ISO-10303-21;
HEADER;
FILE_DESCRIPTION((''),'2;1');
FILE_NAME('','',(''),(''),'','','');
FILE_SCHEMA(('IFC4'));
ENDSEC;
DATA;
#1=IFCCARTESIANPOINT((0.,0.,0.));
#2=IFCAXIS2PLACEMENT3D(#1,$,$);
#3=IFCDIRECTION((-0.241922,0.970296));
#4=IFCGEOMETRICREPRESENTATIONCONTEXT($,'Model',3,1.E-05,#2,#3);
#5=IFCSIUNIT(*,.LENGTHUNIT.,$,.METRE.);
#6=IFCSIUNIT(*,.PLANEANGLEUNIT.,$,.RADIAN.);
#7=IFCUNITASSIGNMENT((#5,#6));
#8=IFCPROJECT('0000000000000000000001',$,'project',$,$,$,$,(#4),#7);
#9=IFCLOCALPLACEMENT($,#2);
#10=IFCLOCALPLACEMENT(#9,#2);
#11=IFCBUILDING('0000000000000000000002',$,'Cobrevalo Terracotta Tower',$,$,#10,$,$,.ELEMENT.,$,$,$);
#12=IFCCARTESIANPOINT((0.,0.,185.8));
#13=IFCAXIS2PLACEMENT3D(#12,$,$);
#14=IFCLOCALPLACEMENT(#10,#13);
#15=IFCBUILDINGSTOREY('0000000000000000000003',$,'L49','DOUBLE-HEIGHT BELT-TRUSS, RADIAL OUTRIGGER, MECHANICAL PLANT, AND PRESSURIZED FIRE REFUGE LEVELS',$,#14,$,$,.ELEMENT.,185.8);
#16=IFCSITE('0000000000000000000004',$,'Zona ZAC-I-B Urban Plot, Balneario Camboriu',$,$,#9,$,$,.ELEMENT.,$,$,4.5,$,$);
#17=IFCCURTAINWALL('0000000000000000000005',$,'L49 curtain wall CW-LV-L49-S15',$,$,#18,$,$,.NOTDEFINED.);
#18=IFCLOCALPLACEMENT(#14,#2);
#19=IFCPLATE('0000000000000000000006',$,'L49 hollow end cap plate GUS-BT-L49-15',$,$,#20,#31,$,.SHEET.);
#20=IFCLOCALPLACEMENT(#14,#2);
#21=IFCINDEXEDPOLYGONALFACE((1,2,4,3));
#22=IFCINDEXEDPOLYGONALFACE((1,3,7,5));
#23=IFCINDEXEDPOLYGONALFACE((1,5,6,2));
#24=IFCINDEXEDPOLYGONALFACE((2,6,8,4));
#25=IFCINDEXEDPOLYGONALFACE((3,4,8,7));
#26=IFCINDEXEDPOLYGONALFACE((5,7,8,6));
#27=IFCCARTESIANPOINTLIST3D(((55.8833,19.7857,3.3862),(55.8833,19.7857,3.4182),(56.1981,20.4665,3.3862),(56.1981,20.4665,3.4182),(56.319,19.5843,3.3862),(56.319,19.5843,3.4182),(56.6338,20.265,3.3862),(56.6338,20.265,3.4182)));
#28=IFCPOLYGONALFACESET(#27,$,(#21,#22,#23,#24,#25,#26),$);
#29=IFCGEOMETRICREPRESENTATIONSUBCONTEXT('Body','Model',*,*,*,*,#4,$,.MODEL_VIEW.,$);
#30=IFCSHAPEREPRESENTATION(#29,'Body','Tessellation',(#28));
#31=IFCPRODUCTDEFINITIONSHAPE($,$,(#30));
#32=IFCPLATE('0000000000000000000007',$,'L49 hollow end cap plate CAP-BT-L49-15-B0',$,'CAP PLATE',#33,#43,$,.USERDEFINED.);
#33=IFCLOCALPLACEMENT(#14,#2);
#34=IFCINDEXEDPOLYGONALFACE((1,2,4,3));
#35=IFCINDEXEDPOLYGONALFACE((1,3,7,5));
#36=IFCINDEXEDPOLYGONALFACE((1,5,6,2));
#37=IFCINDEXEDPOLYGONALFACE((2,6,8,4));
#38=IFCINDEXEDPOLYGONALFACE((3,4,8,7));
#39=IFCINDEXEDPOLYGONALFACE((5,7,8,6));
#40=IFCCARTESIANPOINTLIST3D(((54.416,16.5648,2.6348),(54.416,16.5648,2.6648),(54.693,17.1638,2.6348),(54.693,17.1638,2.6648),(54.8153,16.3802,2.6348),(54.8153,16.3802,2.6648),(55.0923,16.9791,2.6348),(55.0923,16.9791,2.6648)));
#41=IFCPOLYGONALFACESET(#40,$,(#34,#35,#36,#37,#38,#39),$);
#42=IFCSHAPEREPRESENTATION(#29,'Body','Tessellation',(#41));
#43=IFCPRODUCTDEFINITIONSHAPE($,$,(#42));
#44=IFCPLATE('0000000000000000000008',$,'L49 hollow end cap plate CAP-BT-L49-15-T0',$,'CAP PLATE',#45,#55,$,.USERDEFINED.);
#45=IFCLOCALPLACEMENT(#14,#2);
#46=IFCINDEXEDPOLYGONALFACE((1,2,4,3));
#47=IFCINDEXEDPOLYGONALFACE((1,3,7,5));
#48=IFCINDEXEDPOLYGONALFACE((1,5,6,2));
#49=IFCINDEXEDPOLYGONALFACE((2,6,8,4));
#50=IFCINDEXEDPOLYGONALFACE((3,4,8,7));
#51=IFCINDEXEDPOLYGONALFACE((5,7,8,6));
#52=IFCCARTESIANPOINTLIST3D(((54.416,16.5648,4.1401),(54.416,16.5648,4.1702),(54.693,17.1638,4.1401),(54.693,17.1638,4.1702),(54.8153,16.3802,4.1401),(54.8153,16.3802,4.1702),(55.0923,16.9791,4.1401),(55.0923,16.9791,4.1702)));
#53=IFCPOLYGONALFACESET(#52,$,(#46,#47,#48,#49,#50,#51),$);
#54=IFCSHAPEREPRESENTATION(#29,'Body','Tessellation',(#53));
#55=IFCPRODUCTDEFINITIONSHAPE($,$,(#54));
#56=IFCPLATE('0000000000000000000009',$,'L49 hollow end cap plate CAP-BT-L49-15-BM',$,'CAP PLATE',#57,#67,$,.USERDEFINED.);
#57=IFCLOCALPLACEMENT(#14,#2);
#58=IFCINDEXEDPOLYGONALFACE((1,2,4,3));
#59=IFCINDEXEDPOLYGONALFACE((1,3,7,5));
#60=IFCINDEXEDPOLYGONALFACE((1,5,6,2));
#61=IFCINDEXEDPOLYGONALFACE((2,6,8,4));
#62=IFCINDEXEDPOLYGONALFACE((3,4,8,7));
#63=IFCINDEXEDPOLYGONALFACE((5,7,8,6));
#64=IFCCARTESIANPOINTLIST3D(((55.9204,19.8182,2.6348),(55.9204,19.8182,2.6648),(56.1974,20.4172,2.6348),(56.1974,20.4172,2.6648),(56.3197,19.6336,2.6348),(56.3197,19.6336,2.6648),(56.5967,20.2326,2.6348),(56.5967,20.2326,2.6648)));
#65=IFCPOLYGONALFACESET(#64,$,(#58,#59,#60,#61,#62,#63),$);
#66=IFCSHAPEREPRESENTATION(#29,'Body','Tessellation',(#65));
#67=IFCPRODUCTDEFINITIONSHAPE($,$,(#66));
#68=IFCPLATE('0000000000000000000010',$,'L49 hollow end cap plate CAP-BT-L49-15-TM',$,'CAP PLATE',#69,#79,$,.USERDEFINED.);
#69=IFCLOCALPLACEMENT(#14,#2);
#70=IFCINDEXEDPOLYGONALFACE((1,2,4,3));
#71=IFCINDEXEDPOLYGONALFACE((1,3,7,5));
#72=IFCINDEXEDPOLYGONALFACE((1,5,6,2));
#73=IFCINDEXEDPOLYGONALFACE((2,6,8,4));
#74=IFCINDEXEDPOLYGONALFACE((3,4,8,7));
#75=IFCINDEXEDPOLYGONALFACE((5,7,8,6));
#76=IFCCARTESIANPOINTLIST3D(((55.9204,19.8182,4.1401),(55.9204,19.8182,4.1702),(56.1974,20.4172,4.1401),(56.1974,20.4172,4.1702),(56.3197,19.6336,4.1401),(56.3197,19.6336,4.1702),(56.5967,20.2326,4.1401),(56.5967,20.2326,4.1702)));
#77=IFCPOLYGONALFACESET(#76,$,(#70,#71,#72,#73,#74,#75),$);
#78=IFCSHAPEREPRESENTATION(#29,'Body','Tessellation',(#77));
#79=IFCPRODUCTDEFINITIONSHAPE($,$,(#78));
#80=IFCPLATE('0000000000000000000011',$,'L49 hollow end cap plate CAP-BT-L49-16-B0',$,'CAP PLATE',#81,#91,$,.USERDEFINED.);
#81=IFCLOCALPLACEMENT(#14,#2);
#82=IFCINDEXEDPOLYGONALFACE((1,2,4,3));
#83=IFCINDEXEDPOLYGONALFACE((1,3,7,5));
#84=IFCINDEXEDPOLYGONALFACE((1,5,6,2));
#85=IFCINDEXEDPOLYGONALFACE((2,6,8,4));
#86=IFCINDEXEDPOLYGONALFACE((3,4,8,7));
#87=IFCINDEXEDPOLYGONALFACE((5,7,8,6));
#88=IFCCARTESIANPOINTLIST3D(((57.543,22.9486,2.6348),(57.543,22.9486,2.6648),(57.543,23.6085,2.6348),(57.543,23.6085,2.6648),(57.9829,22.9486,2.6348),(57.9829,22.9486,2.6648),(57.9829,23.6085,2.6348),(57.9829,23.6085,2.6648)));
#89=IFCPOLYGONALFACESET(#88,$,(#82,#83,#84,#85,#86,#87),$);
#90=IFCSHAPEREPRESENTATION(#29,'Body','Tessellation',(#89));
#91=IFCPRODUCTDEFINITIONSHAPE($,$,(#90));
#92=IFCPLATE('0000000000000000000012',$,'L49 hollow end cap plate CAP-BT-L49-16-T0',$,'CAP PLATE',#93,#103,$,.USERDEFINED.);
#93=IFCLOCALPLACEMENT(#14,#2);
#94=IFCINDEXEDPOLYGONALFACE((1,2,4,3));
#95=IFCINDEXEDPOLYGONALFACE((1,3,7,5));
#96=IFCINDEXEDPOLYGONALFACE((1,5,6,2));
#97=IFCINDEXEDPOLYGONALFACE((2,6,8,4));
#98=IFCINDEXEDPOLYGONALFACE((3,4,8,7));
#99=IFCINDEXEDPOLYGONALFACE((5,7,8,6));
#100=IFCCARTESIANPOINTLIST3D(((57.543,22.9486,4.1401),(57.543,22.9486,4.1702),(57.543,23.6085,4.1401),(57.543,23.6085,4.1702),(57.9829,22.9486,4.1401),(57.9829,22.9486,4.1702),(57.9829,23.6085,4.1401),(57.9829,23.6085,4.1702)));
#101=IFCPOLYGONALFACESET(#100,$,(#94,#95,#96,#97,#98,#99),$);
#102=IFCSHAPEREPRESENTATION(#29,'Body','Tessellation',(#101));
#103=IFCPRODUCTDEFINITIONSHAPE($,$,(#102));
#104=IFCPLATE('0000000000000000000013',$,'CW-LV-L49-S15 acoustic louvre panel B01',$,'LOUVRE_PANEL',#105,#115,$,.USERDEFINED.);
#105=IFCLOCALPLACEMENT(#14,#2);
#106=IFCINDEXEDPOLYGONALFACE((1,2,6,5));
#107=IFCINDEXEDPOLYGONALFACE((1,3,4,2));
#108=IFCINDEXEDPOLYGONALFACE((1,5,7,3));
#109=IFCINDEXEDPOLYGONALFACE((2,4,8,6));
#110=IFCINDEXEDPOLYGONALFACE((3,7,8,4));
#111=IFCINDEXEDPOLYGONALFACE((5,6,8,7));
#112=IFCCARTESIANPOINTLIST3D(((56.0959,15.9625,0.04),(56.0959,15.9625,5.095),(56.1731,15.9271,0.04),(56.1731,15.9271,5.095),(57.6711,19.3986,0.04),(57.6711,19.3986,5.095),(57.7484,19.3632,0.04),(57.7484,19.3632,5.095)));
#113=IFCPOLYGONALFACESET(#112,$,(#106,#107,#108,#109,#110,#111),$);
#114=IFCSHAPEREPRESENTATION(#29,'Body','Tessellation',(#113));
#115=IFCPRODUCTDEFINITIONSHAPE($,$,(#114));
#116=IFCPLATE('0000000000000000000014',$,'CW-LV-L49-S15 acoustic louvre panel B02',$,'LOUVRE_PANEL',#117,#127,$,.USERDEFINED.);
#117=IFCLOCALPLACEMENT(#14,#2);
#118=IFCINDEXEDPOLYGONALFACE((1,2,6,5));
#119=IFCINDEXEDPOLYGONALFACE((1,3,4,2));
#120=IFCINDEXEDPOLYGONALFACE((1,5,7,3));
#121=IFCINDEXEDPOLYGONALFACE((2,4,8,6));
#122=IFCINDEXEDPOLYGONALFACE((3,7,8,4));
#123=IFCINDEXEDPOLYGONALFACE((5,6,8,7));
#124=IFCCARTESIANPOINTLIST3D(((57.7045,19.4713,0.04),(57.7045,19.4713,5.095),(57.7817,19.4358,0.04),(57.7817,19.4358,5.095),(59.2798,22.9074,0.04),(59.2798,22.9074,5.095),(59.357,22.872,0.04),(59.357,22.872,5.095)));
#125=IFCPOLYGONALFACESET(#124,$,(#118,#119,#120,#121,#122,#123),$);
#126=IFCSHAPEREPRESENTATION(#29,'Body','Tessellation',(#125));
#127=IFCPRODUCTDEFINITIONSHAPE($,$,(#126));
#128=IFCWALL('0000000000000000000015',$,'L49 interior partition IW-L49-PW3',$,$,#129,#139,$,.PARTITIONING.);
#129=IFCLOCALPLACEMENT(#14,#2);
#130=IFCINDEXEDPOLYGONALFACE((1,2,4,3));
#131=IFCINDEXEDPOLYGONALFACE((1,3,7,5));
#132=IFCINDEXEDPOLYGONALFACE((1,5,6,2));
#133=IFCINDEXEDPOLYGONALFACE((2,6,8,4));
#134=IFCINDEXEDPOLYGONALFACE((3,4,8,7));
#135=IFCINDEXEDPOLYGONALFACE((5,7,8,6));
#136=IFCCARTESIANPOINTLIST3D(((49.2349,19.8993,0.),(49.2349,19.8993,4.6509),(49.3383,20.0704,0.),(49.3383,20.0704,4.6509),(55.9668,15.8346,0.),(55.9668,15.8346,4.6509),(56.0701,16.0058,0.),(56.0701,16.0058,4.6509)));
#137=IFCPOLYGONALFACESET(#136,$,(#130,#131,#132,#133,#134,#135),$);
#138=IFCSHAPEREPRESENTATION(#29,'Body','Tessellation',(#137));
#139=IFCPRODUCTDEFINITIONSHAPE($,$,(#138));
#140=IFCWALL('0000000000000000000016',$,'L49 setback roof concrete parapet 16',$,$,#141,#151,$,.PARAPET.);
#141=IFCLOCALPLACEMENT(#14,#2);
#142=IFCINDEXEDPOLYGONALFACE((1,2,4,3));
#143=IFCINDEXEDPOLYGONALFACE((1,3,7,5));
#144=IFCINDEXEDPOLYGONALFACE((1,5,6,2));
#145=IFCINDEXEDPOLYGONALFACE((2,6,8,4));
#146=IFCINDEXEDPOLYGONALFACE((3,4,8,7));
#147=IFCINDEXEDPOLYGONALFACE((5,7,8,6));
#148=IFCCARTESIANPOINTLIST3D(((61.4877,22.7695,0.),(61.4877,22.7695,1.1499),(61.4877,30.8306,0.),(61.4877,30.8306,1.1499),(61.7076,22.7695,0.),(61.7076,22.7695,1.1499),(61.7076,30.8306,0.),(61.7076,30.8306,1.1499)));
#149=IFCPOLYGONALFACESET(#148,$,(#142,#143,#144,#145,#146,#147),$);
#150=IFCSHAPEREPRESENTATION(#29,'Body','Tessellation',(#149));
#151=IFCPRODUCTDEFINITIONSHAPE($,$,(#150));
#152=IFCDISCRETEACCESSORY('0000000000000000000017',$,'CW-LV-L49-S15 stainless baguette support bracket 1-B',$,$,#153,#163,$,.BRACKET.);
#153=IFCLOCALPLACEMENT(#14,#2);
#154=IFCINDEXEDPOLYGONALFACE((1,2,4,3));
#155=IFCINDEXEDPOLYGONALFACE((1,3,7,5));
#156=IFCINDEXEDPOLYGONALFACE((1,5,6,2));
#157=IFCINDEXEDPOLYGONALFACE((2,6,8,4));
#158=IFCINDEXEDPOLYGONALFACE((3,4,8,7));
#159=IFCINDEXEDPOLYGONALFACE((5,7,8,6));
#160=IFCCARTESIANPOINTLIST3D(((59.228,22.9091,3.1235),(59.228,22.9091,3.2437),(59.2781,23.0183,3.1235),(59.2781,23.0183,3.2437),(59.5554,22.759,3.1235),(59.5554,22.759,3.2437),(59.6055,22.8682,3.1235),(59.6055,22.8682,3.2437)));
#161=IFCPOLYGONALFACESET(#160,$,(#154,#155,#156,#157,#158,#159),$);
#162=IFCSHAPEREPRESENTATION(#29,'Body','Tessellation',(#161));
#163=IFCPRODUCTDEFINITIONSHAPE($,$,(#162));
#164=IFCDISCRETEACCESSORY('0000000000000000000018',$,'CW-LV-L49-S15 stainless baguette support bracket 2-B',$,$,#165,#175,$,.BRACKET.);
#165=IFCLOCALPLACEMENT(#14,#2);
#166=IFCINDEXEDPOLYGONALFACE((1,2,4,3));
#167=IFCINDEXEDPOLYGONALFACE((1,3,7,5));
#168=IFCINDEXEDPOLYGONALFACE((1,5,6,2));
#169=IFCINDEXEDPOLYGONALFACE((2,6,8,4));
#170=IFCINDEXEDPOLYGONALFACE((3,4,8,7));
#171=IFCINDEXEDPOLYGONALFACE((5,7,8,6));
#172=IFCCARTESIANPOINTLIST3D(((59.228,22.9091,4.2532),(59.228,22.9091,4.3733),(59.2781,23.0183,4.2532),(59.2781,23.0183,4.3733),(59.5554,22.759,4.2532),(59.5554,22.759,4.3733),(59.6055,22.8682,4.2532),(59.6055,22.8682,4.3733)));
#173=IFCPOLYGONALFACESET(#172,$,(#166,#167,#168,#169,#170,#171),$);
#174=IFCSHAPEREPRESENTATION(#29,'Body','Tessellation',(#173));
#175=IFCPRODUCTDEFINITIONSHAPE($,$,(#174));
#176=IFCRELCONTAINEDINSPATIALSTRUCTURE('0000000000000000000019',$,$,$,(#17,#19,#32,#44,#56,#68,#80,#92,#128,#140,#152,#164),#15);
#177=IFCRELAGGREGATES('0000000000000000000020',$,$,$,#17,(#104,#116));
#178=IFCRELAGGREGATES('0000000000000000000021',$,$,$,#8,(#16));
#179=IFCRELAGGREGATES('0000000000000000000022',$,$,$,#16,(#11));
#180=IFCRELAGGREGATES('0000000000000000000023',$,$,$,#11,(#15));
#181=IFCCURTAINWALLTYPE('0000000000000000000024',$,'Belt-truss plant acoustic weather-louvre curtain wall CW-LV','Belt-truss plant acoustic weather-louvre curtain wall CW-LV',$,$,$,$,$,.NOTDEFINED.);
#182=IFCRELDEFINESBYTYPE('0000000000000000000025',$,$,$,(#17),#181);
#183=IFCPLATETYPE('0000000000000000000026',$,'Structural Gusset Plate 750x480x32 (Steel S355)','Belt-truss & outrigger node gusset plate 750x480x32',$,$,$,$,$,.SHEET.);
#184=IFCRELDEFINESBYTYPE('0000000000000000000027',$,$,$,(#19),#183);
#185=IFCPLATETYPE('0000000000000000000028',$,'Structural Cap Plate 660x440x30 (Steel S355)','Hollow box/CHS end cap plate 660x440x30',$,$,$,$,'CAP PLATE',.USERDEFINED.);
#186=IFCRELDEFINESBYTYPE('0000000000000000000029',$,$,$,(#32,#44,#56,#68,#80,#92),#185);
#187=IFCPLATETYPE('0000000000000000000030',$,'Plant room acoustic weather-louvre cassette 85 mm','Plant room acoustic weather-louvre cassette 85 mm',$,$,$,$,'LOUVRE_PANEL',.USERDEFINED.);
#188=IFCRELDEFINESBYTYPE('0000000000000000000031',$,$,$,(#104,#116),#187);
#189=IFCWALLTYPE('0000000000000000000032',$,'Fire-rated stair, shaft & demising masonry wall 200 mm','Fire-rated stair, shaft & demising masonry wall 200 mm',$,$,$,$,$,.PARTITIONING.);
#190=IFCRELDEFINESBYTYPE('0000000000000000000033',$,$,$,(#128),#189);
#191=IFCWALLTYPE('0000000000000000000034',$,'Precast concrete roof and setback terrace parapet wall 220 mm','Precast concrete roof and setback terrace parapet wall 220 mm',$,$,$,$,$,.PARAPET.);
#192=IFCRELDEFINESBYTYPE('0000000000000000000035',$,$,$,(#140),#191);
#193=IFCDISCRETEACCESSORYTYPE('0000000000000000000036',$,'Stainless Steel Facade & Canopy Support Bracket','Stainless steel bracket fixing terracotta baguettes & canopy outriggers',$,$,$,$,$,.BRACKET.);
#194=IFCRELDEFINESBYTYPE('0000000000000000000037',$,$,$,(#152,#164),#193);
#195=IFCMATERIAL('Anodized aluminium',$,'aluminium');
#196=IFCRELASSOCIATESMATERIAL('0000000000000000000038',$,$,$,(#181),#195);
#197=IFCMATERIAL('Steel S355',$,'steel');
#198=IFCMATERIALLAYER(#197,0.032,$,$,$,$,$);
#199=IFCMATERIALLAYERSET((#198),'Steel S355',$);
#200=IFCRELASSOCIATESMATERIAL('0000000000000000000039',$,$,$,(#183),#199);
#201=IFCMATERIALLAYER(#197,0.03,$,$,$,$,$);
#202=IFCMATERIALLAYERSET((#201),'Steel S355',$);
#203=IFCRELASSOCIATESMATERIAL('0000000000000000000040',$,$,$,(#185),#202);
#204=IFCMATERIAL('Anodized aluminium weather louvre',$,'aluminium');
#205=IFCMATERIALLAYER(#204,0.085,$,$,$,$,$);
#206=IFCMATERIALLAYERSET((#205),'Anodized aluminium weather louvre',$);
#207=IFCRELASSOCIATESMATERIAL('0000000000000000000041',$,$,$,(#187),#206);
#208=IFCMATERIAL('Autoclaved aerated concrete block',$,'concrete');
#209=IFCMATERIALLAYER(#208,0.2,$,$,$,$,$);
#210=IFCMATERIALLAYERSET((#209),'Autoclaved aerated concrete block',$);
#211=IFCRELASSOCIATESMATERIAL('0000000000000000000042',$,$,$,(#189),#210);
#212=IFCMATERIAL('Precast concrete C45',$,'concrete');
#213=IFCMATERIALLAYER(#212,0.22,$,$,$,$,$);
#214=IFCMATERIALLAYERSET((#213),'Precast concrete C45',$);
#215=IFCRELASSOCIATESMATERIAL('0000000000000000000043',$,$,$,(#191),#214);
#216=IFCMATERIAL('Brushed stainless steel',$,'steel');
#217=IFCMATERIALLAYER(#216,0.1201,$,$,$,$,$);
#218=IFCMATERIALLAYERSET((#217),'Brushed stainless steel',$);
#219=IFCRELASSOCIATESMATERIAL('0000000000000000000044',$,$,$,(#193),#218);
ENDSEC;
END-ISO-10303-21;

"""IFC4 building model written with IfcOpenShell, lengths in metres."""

from ifc_helpers import new_model, si_unit, direction, frame, frame_2d, origin, origin_2d, place, context, subcontext, project, spatial, rectangle, extrude, source, transform, mapped, material, layer, layer_set, type_object, element, aggregate, save


model = new_model("IFC4")

# Units and contexts
model_context = context("Model", 3, precision=1e-05, world=origin(), true_north=direction((-0.241922, 0.970296)))
body_context = subcontext(model_context, "Body", "Model", "MODEL_VIEW")
ifc_project = project(units=[si_unit("LENGTHUNIT", "METRE"), si_unit("PLANEANGLEUNIT", "RADIAN")], contexts=[model_context])

# Site, building, storey
site_placement = place(None, origin())
site = spatial("IfcSite", under=ifc_project, at=site_placement, Name="Zona ZAC-I-B Urban Plot, Balneario Camboriu", CompositionType="ELEMENT", RefElevation=4.5)
building_placement = place(site_placement, origin())
building = spatial("IfcBuilding", under=site, at=building_placement, Name="Cobrevalo Terracotta Tower", CompositionType="ELEMENT")
storey_placement = place(building_placement, frame((0.0, 0.0, 185.8)))
storey = spatial("IfcBuildingStorey", under=building, at=storey_placement, Name="L49", Description="DOUBLE-HEIGHT BELT-TRUSS, RADIAL OUTRIGGER, MECHANICAL PLANT, AND PRESSURIZED FIRE REFUGE LEVELS", CompositionType="ELEMENT", Elevation=185.8)

# Shared definitions
ifc_material_1 = material(Name="Steel S355", Category="steel")

# Curtain wall
ifc_material_2 = material(Name="Anodized aluminium", Category="aluminium")
curtain_wall_type = type_object("IfcCurtainWallType", Name="Belt-truss plant acoustic weather-louvre curtain wall CW-LV", Description="Belt-truss plant acoustic weather-louvre curtain wall CW-LV", PredefinedType="NOTDEFINED", material=ifc_material_2)
curtain_wall_1_placement = place(storey_placement, origin())
curtain_wall_1 = element("IfcCurtainWall", 1, at=curtain_wall_1_placement, inside=storey, type_object=curtain_wall_type, Name="L49 curtain wall CW-LV-L49-S15", PredefinedType="NOTDEFINED")

# Plates
ifc_layer_1 = layer(ifc_material_1, 0.032)
ifc_layer_set_1 = layer_set([ifc_layer_1], Name="Steel S355")
plate_type_1 = type_object("IfcPlateType", Name="Structural Gusset Plate 750x480x32 (Steel S355)", Description="Belt-truss & outrigger node gusset plate 750x480x32", PredefinedType="SHEET", material=ifc_layer_set_1)
shared_shape_1 = source(origin(), body_context, "Body", "SweptSolid", [
    extrude(rectangle(XDim=0.75, YDim=0.48, at=origin_2d()), origin(), (0.0, 0.0, 1.0), 0.032),
])
plate_1_placement = place(storey_placement, frame((56.2585, 20.0254, 3.3862), z_axis=(0.0, 0.0, 1.0), x_axis=(0.419706, 0.90766, 0.0)))
element("IfcPlate", 2, at=plate_1_placement, inside=storey, type_object=plate_type_1, Name="L49 hollow end cap plate GUS-BT-L49-15", PredefinedType="SHEET", context=body_context, shape_type="MappedRepresentation", body=[
    mapped(shared_shape_1, transform((0.0, 0.0, 0.0), scale=1.0)),
])
ifc_layer_2 = layer(ifc_material_1, 0.03)
ifc_layer_set_2 = layer_set([ifc_layer_2], Name="Steel S355")
plate_type_2 = type_object("IfcPlateType", Name="Structural Cap Plate 660x440x30 (Steel S355)", Description="Hollow box/CHS end cap plate 660x440x30", ElementType="CAP PLATE", PredefinedType="USERDEFINED", material=ifc_layer_set_2)
shared_shape_2 = source(origin(), body_context, "Body", "SweptSolid", [
    extrude(rectangle(XDim=0.6599, YDim=0.4399, at=origin_2d()), origin(), (0.0, 0.0, 1.0), 0.03),
])
for number, where, z_axis, x_axis, name in (
    (3, (54.7542, 16.772, 2.6348), (0.0, 0.0, 1.0), (0.419706, 0.90766, 0.0), "L49 hollow end cap plate CAP-BT-L49-15-B0"),
    (4, (54.7542, 16.772, 4.1401), (0.0, 0.0, 1.0), (0.419706, 0.90766, 0.0), "L49 hollow end cap plate CAP-BT-L49-15-T0"),
    (5, (56.2585, 20.0254, 2.6348), (0.0, 0.0, 1.0), (0.419706, 0.90766, 0.0), "L49 hollow end cap plate CAP-BT-L49-15-BM"),
    (6, (56.2585, 20.0254, 4.1401), (0.0, 0.0, 1.0), (0.419706, 0.90766, 0.0), "L49 hollow end cap plate CAP-BT-L49-15-TM"),
    (7, (57.7629, 23.2786, 2.6348), (0.0, 0.0, 1.0), (0.0, 1.0, 0.0), "L49 hollow end cap plate CAP-BT-L49-16-B0"),
    (8, (57.7629, 23.2786, 4.1401), (0.0, 0.0, 1.0), (0.0, 1.0, 0.0), "L49 hollow end cap plate CAP-BT-L49-16-T0"),
):
    element("IfcPlate", number, at=place(storey_placement, frame(where, z_axis=z_axis, x_axis=x_axis)), inside=storey, type_object=plate_type_2, Name=name, ObjectType="CAP PLATE", PredefinedType="USERDEFINED", context=body_context, shape_type="MappedRepresentation", body=[
        mapped(shared_shape_2, transform((0.0, 0.0, 0.0), scale=1.0)),
    ])

# Plates
ifc_material_3 = material(Name="Anodized aluminium weather louvre", Category="aluminium")
ifc_layer_3 = layer(ifc_material_3, 0.085)
ifc_layer_set_3 = layer_set([ifc_layer_3], Name="Anodized aluminium weather louvre")
plate_type_3 = type_object("IfcPlateType", Name="Plant room acoustic weather-louvre cassette 85 mm", Description="Plant room acoustic weather-louvre cassette 85 mm", ElementType="LOUVRE_PANEL", PredefinedType="USERDEFINED", material=ifc_layer_set_3)
shared_shape_3 = source(origin(), body_context, "Body", "SweptSolid", [
    extrude(rectangle(XDim=3.78, YDim=0.085, at=origin_2d()), origin(), (0.0, 0.0, 1.0), 5.0549),
])
plate_2_placement = place(storey_placement, frame((56.9221, 17.6628, 0.04), z_axis=(0.0, 0.0, 1.0), x_axis=(0.416731, 0.90903, 0.0)))
plate_2 = element("IfcPlate", 9, at=plate_2_placement, type_object=plate_type_3, Name="CW-LV-L49-S15 acoustic louvre panel B01", ObjectType="LOUVRE_PANEL", PredefinedType="USERDEFINED", context=body_context, shape_type="MappedRepresentation", body=[
    mapped(shared_shape_3, transform((0.0, 0.0, 0.0), scale=1.0)),
])
plate_3_placement = place(storey_placement, frame((58.5308, 21.1716, 0.04), z_axis=(0.0, 0.0, 1.0), x_axis=(0.416731, 0.90903, 0.0)))
plate_3 = element("IfcPlate", 10, at=plate_3_placement, type_object=plate_type_3, Name="CW-LV-L49-S15 acoustic louvre panel B02", ObjectType="LOUVRE_PANEL", PredefinedType="USERDEFINED", context=body_context, shape_type="MappedRepresentation", body=[
    mapped(shared_shape_3, transform((0.0, 0.0, 0.0), scale=1.0)),
])
aggregate(curtain_wall_1, [plate_2, plate_3])

# Walls
ifc_material_4 = material(Name="Autoclaved aerated concrete block", Category="concrete")
ifc_layer_4 = layer(ifc_material_4, 0.2)
ifc_layer_set_4 = layer_set([ifc_layer_4], Name="Autoclaved aerated concrete block")
wall_type_1 = type_object("IfcWallType", Name="Fire-rated stair, shaft & demising masonry wall 200 mm", Description="Fire-rated stair, shaft & demising masonry wall 200 mm", PredefinedType="PARTITIONING", material=ifc_layer_set_4)
wall_1_placement = place(storey_placement, frame((49.2866, 19.9849, 0.0), z_axis=(0.0, 0.0, 1.0), x_axis=(0.856057, -0.516882, 0.0)))
element("IfcWall", 11, at=wall_1_placement, inside=storey, type_object=wall_type_1, Name="L49 interior partition IW-L49-PW3", PredefinedType="PARTITIONING", context=body_context, shape_type="SweptSolid", body=[
    extrude(rectangle(XDim=7.8638, YDim=0.2, at=frame_2d((3.9319, 0.0))), origin(), (0.0, 0.0, 1.0), 4.6509),
])
ifc_material_5 = material(Name="Precast concrete C45", Category="concrete")
ifc_layer_5 = layer(ifc_material_5, 0.22)
ifc_layer_set_5 = layer_set([ifc_layer_5], Name="Precast concrete C45")
wall_type_2 = type_object("IfcWallType", Name="Precast concrete roof and setback terrace parapet wall 220 mm", Description="Precast concrete roof and setback terrace parapet wall 220 mm", PredefinedType="PARAPET", material=ifc_layer_set_5)
wall_2_placement = place(storey_placement, frame((61.5977, 22.7695, 0.0), z_axis=(0.0, 0.0, 1.0), x_axis=(0.0, 1.0, 0.0)))
element("IfcWall", 12, at=wall_2_placement, inside=storey, type_object=wall_type_2, Name="L49 setback roof concrete parapet 16", PredefinedType="PARAPET", context=body_context, shape_type="SweptSolid", body=[
    extrude(rectangle(XDim=8.061, YDim=0.22, at=frame_2d((4.0305, 0.0))), origin(), (0.0, 0.0, 1.0), 1.1499),
])

# Discrete accessories
ifc_material_6 = material(Name="Brushed stainless steel", Category="steel")
ifc_layer_6 = layer(ifc_material_6, 0.1201)
ifc_layer_set_6 = layer_set([ifc_layer_6], Name="Brushed stainless steel")
discrete_accessory_type = type_object("IfcDiscreteAccessoryType", Name="Stainless Steel Facade & Canopy Support Bracket", Description="Stainless steel bracket fixing terracotta baguettes & canopy outriggers", PredefinedType="BRACKET", material=ifc_layer_set_6)
shared_shape_4 = source(origin(), body_context, "Body", "SweptSolid", [
    extrude(rectangle(XDim=0.1201, YDim=0.3601, at=origin_2d()), origin(), (0.0, 0.0, 1.0), 0.1201),
])
for number, where, z_axis, x_axis, name in (
    (13, (59.4167, 22.8887, 3.1235), (0.0, 0.0, 1.0), (0.416731, 0.90903, 0.0), "CW-LV-L49-S15 stainless baguette support bracket 1-B"),
    (14, (59.4167, 22.8887, 4.2532), (0.0, 0.0, 1.0), (0.416731, 0.90903, 0.0), "CW-LV-L49-S15 stainless baguette support bracket 2-B"),
):
    element("IfcDiscreteAccessory", number, at=place(storey_placement, frame(where, z_axis=z_axis, x_axis=x_axis)), inside=storey, type_object=discrete_accessory_type, Name=name, PredefinedType="BRACKET", context=body_context, shape_type="MappedRepresentation", body=[
        mapped(shared_shape_4, transform((0.0, 0.0, 0.0), scale=1.0)),
    ])

save(model, "model.ifc")
